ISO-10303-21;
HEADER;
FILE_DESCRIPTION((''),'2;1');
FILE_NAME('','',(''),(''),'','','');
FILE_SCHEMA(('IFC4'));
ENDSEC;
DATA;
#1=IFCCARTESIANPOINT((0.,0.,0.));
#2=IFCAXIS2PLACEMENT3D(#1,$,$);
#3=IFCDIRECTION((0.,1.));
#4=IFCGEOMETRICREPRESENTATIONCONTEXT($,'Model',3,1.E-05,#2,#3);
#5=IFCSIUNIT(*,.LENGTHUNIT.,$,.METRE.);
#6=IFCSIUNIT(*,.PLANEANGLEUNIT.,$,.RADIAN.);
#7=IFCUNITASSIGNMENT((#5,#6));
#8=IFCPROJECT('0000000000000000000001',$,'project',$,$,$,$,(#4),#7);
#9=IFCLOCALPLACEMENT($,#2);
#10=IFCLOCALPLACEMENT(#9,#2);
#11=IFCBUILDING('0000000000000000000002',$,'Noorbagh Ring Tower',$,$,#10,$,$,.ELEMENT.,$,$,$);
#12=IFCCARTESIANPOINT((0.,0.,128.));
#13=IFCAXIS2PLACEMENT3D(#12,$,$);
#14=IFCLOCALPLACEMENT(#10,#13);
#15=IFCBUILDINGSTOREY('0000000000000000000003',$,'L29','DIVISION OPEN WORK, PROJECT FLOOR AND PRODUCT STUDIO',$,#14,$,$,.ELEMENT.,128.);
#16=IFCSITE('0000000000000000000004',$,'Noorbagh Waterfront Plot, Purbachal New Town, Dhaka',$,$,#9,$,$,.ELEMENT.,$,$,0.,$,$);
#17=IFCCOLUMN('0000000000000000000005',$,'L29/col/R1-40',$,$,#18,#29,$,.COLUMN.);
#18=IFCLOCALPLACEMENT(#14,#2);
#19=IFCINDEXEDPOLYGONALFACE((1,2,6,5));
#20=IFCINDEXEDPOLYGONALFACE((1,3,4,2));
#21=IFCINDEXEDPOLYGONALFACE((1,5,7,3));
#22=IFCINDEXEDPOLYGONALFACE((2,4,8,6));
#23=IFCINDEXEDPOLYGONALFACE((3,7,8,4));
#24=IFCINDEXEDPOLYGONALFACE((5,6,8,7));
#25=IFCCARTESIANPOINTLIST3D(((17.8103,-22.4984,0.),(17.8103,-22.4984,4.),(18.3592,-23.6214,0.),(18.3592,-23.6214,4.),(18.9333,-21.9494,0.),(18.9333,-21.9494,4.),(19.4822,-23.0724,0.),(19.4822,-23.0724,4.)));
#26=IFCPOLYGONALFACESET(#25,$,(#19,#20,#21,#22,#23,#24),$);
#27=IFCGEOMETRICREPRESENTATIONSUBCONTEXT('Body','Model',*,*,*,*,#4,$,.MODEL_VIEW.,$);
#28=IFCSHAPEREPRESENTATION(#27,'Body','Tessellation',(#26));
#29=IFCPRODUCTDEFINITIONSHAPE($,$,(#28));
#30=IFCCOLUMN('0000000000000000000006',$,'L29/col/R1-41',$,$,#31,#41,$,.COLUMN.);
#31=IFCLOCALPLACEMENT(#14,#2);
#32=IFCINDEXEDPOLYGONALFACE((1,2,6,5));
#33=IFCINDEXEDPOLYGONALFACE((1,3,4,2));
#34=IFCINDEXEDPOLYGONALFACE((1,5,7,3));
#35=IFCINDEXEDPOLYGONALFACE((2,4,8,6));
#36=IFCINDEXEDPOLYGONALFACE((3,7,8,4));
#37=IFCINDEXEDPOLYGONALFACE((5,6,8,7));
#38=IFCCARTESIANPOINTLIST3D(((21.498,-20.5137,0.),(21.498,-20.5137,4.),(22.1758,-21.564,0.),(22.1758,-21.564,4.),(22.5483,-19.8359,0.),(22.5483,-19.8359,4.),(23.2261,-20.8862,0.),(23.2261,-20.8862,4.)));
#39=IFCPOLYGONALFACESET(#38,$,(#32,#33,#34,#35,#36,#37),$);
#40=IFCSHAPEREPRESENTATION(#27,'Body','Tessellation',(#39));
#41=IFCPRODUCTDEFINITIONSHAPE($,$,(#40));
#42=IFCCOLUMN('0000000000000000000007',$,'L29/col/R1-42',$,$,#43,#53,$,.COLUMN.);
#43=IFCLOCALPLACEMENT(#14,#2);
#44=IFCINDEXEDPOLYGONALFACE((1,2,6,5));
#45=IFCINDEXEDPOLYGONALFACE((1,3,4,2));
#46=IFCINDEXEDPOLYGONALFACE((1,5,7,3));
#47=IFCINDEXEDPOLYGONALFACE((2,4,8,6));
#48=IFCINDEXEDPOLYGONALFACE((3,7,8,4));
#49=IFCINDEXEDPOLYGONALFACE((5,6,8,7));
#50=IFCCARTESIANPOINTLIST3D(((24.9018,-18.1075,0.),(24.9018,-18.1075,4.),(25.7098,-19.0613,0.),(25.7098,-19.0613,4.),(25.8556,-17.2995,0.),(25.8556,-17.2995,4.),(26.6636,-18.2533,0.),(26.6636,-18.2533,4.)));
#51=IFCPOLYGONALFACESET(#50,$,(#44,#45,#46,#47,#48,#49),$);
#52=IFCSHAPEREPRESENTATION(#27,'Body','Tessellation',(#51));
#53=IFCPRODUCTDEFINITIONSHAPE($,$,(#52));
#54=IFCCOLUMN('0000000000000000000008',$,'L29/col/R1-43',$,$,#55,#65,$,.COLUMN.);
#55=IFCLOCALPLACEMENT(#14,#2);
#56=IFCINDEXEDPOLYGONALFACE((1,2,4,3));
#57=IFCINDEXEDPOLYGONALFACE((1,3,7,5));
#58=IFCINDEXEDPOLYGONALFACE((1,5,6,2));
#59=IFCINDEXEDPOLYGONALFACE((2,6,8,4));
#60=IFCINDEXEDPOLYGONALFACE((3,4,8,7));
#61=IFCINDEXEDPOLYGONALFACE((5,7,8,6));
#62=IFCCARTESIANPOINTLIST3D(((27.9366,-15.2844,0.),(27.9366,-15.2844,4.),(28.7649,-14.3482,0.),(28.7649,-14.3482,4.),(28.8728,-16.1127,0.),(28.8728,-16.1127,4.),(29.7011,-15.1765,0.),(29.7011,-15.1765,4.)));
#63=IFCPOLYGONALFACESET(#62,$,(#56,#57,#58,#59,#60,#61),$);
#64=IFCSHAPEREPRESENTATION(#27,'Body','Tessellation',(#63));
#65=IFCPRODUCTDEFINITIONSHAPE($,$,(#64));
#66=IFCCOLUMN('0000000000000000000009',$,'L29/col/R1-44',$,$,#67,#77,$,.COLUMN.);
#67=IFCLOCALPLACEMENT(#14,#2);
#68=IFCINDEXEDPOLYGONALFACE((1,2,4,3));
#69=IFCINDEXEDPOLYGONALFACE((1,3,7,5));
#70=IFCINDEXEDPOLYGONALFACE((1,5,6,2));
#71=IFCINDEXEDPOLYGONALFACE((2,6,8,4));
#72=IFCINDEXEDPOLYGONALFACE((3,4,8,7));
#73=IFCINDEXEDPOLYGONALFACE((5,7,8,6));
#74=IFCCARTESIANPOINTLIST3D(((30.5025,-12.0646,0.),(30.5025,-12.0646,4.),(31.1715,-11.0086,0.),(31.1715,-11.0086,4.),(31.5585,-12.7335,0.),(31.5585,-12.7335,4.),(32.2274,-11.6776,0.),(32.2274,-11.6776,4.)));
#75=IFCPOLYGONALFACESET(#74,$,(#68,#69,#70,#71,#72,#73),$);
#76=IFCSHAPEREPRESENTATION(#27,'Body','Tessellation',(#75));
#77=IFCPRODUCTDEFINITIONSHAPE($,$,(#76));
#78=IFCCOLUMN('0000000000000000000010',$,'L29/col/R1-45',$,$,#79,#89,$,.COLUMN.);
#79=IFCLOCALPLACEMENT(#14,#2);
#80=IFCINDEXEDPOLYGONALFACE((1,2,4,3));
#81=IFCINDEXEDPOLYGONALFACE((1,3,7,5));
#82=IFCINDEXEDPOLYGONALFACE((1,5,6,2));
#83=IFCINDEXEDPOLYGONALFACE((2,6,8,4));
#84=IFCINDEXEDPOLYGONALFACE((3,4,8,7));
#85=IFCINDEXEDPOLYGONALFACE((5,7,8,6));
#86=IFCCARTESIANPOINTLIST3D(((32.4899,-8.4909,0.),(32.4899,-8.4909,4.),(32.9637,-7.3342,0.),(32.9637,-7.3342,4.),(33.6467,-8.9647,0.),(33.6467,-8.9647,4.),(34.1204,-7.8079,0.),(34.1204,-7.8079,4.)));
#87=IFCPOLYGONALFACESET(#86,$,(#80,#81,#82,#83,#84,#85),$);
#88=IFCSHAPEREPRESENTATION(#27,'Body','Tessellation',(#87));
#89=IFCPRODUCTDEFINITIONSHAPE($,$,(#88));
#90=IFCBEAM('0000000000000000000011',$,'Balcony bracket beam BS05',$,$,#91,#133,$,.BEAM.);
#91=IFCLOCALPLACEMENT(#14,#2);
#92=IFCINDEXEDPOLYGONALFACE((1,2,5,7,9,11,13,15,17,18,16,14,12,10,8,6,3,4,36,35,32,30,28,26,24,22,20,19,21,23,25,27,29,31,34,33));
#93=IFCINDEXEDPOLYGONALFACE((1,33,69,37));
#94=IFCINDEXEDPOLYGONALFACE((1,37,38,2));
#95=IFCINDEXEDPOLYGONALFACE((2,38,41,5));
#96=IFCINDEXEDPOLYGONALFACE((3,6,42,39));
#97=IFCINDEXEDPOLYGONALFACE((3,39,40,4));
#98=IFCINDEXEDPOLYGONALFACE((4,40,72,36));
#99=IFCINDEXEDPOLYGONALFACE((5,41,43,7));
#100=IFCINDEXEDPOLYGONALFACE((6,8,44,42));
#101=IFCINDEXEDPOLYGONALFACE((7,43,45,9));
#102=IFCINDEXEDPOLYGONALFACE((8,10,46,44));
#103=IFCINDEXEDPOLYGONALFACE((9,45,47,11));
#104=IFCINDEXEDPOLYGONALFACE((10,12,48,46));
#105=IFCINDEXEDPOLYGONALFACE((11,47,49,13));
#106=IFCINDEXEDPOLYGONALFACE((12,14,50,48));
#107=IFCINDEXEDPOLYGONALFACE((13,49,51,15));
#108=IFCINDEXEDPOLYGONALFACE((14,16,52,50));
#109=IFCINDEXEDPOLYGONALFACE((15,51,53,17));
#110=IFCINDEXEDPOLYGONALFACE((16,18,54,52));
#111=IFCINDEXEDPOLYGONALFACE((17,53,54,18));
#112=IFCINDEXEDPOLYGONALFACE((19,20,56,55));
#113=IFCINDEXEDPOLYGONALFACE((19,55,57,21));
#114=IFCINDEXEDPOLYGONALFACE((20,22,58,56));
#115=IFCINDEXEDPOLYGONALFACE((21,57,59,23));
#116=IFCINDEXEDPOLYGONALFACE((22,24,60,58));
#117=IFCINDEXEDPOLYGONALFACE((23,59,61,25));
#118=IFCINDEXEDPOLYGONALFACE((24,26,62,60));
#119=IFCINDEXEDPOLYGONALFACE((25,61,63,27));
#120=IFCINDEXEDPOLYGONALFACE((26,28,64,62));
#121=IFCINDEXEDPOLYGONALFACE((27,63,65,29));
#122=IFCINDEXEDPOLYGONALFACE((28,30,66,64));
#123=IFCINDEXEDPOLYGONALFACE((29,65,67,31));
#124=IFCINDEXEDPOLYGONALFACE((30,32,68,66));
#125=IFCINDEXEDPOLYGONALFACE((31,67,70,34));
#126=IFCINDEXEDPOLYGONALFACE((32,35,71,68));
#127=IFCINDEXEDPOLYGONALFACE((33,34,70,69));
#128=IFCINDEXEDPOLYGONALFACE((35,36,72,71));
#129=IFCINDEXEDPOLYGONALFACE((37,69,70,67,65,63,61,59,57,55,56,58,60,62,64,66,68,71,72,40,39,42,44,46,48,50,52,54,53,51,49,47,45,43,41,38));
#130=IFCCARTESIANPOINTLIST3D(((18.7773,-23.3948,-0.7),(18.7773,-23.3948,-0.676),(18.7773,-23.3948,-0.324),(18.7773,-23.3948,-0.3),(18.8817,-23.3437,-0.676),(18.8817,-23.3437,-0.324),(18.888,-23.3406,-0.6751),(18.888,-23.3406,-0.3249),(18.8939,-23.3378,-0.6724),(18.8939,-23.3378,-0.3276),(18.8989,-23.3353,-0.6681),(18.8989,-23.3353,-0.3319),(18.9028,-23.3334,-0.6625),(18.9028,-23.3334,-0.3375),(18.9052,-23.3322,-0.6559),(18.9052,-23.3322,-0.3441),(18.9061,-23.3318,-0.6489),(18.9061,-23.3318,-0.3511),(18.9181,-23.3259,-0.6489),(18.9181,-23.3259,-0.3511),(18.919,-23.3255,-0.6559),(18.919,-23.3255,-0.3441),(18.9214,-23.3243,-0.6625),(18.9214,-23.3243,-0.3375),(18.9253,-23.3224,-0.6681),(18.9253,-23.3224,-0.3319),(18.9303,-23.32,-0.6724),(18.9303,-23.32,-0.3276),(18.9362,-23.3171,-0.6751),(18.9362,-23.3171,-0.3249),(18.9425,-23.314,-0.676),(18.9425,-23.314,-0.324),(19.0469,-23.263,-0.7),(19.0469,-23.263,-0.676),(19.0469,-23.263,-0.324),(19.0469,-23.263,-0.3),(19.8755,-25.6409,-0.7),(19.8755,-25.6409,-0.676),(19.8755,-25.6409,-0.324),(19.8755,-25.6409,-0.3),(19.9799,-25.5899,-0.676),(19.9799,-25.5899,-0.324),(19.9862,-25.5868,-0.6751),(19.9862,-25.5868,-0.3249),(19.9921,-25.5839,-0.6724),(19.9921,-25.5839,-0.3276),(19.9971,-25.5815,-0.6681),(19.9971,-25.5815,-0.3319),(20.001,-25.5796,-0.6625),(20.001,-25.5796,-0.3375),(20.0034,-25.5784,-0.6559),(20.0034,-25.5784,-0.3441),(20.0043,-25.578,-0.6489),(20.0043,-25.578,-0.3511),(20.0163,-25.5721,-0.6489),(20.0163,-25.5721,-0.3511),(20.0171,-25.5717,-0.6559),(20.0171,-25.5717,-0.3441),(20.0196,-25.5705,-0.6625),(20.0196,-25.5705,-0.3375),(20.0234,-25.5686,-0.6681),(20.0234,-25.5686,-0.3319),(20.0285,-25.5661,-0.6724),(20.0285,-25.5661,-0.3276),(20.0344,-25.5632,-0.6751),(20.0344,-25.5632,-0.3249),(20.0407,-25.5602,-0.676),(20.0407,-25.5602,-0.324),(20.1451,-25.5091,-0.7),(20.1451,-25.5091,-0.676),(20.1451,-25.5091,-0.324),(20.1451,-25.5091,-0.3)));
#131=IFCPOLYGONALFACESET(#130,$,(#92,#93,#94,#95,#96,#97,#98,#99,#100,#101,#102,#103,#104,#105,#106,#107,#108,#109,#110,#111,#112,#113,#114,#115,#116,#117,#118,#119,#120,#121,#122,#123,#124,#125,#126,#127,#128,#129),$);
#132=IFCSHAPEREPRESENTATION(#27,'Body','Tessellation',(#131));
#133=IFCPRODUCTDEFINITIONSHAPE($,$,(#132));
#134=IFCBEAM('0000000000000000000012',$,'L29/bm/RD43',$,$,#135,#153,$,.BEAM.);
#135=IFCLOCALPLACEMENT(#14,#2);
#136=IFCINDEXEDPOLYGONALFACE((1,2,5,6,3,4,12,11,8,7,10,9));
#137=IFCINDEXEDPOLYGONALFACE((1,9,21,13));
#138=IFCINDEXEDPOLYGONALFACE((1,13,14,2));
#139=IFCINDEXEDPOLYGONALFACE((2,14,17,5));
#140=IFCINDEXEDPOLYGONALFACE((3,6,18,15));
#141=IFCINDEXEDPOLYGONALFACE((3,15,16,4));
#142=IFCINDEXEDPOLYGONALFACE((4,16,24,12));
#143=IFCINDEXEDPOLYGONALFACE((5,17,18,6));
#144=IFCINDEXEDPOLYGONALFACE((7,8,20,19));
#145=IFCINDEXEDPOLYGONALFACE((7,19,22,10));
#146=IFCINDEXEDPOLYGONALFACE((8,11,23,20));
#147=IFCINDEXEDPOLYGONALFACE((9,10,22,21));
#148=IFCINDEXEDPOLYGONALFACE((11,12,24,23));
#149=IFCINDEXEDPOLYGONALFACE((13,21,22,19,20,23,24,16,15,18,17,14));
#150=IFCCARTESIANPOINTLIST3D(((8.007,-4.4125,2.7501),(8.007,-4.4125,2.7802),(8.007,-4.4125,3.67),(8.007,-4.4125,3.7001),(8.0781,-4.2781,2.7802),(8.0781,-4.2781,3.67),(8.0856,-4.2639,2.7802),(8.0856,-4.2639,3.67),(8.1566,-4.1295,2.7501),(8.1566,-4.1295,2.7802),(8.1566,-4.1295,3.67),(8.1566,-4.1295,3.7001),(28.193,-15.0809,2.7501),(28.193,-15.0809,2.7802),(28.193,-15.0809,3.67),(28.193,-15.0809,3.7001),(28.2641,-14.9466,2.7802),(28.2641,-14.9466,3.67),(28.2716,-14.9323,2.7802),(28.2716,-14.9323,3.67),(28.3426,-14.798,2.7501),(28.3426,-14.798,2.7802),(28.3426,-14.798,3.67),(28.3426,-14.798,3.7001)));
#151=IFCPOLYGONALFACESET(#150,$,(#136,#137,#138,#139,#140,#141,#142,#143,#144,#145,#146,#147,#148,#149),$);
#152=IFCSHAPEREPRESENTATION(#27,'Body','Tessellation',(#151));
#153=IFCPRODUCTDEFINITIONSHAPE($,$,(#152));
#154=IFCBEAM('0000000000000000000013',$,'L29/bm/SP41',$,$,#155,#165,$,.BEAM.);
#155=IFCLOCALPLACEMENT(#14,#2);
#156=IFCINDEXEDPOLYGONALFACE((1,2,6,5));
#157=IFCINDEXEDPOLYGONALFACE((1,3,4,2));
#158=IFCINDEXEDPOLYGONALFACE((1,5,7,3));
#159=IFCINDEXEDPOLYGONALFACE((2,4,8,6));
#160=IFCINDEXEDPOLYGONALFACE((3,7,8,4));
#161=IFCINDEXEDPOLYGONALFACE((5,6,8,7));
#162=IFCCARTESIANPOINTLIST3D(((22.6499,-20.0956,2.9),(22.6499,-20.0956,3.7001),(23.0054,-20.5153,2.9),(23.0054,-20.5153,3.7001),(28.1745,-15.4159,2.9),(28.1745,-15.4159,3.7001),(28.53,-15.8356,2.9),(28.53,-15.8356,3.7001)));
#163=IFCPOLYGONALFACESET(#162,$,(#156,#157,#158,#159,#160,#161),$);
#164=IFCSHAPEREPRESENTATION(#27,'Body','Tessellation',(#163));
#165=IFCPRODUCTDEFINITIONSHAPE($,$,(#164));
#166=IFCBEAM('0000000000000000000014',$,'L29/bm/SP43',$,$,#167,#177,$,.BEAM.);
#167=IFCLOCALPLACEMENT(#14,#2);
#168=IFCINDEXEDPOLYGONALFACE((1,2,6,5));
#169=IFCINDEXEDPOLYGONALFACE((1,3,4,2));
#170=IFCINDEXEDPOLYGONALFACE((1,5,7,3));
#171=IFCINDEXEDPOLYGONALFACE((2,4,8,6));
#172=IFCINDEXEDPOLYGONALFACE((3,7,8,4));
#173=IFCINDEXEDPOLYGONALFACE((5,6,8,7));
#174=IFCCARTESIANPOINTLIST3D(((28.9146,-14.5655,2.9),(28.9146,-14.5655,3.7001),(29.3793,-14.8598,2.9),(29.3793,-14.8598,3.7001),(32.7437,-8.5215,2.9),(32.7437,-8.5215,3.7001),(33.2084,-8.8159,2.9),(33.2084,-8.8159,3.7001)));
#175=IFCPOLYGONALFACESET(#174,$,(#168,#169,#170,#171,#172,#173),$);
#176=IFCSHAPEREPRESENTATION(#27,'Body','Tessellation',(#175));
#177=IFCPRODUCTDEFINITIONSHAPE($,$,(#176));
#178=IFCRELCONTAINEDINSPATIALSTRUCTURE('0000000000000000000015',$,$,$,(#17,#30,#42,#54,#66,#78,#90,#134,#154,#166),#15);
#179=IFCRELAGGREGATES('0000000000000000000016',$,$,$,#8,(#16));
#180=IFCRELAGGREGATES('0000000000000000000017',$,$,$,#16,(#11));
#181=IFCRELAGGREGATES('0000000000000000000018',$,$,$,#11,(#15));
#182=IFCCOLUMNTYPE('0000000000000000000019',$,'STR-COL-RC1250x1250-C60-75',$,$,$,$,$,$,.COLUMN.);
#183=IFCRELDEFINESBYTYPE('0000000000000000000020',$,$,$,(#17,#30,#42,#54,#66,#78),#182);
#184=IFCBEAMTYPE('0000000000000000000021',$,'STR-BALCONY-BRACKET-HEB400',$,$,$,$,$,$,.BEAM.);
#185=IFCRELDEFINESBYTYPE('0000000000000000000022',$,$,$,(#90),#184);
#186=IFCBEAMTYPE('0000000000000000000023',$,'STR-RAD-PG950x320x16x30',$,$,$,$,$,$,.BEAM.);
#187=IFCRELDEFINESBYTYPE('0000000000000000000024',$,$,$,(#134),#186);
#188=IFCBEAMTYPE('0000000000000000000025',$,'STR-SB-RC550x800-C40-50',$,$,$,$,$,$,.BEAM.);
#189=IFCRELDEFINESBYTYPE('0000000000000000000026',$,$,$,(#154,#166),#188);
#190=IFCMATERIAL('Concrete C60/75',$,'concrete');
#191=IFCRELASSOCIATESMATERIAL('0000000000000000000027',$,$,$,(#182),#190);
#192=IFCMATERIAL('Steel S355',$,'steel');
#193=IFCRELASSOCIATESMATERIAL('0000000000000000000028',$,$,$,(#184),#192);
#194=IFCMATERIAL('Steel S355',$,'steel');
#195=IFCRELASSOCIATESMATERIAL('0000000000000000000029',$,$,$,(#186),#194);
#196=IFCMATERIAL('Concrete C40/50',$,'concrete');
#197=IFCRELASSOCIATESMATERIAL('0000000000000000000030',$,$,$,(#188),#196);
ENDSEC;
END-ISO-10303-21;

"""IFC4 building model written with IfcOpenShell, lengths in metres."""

from ifc_helpers import new_model, si_unit, direction, frame, origin, origin_2d, place, context, subcontext, project, spatial, rectangle, i_section, extrude, material, material_profile, profile_set, type_object, element, save


model = new_model("IFC4")

# Units and contexts
model_context = context("Model", 3, precision=1e-05, world=origin(), true_north=direction((0.0, 1.0)))
body_context = subcontext(model_context, "Body", "Model", "MODEL_VIEW")
ifc_project = project(units=[si_unit("LENGTHUNIT", "METRE"), si_unit("PLANEANGLEUNIT", "RADIAN")], contexts=[model_context])

# Site, building, storey
site_placement = place(None, origin())
site = spatial("IfcSite", under=ifc_project, at=site_placement, Name="Noorbagh Waterfront Plot, Purbachal New Town, Dhaka", CompositionType="ELEMENT", RefElevation=0.0)
building_placement = place(site_placement, origin())
building = spatial("IfcBuilding", under=site, at=building_placement, Name="Noorbagh Ring Tower", CompositionType="ELEMENT")
storey_placement = place(building_placement, frame((0.0, 0.0, 128.0)))
storey = spatial("IfcBuildingStorey", under=building, at=storey_placement, Name="L29", Description="DIVISION OPEN WORK, PROJECT FLOOR AND PRODUCT STUDIO", CompositionType="ELEMENT", Elevation=128.0)

# Columns
ifc_material_1 = material(Name="Concrete C60/75", Category="concrete")
ifc_material_profile_1 = material_profile(ifc_material_1, rectangle(XDim=1.25, YDim=1.25, at=origin_2d()), Name="RC1250x1250")
ifc_profile_set_1 = profile_set([ifc_material_profile_1], Name="Concrete C60/75")
column_type = type_object("IfcColumnType", Name="STR-COL-RC1250x1250-C60-75", PredefinedType="COLUMN", material=ifc_profile_set_1)
for number, where, z_axis, x_axis, name in (
    (1, (18.6462, -22.7854, 0.0), (0.0, 0.0, 1.0), (0.898399, 0.43918, 0.0), "L29/col/R1-40"),
    (2, (22.3621, -20.7, 0.0), (0.0, 0.0, 1.0), (0.840248, 0.542203, 0.0), "L29/col/R1-41"),
    (3, (25.7827, -18.1804, 0.0), (0.0, 0.0, 1.0), (0.763035, 0.646357, 0.0), "L29/col/R1-42"),
    (4, (28.8188, -15.2305, 0.0), (0.0, 0.0, 1.0), (0.662636, 0.748942, 0.0), "L29/col/R1-43"),
    (5, (31.365, -11.8711, 0.0), (0.0, 0.0, 1.0), (0.53519, 0.844731, 0.0), "L29/col/R1-44"),
    (6, (33.3052, -8.1494, 0.0), (0.0, 0.0, 1.0), (0.378989, 0.925401, 0.0), "L29/col/R1-45"),
):
    element("IfcColumn", number, at=place(storey_placement, frame(where, z_axis=z_axis, x_axis=x_axis)), inside=storey, type_object=column_type, Name=name, PredefinedType="COLUMN", context=body_context, shape_type="SweptSolid", body=[
        extrude(rectangle(XDim=1.25, YDim=1.25, at=origin_2d()), origin(), (0.0, 0.0, 1.0), 4.0),
    ])

# Beams
ifc_material_2 = material(Name="Steel S355", Category="steel")
ifc_material_profile_2 = material_profile(ifc_material_2, i_section(OverallWidth=0.3, OverallDepth=0.3999, WebThickness=0.0134, FlangeThickness=0.0239, FilletRadius=0.0271, at=origin_2d()), Name="HEB400")
ifc_profile_set_2 = profile_set([ifc_material_profile_2], Name="Steel S355")
beam_type_1 = type_object("IfcBeamType", Name="STR-BALCONY-BRACKET-HEB400", PredefinedType="BEAM", material=ifc_profile_set_2)
beam_1_placement = place(storey_placement, frame((18.9121, -23.3289, -0.5), z_axis=(0.439228, -0.898376, 0.0), x_axis=(0.898376, 0.439228, 0.0)))
element("IfcBeam", 7, at=beam_1_placement, inside=storey, type_object=beam_type_1, Name="Balcony bracket beam BS05", PredefinedType="BEAM", context=body_context, shape_type="SweptSolid", body=[
    extrude(i_section(OverallWidth=0.3, OverallDepth=0.3999, WebThickness=0.0134, FlangeThickness=0.0239, FilletRadius=0.0271, at=origin_2d()), origin(), (0.0, 0.0, 1.0), 2.5002),
])
ifc_material_3 = material(Name="Steel S355", Category="steel")
ifc_material_profile_3 = material_profile(ifc_material_3, i_section(OverallWidth=0.3201, OverallDepth=0.95, WebThickness=0.0161, FlangeThickness=0.03, at=origin_2d()), Name="PG950x320x16x30")
ifc_profile_set_3 = profile_set([ifc_material_profile_3], Name="Steel S355")
beam_type_2 = type_object("IfcBeamType", Name="STR-RAD-PG950x320x16x30", PredefinedType="BEAM", material=ifc_profile_set_3)
beam_2_placement = place(storey_placement, frame((28.2678, -14.9395, 3.2251), z_axis=(-0.884119, 0.467263, 0.0), x_axis=(-0.467263, -0.884119, 0.0)))
element("IfcBeam", 8, at=beam_2_placement, inside=storey, type_object=beam_type_2, Name="L29/bm/RD43", PredefinedType="BEAM", context=body_context, shape_type="SweptSolid", body=[
    extrude(i_section(OverallWidth=0.3201, OverallDepth=0.95, WebThickness=0.0161, FlangeThickness=0.03, at=origin_2d()), origin(), (0.0, 0.0, 1.0), 22.8318),
])
ifc_material_4 = material(Name="Concrete C40/50", Category="concrete")
ifc_material_profile_4 = material_profile(ifc_material_4, rectangle(XDim=0.55, YDim=0.8, at=origin_2d()), Name="RC550x800")
ifc_profile_set_4 = profile_set([ifc_material_profile_4], Name="Concrete C40/50")
beam_type_3 = type_object("IfcBeamType", Name="STR-SB-RC550x800-C40-50", PredefinedType="BEAM", material=ifc_profile_set_4)
beam_3_placement = place(storey_placement, frame((22.8276, -20.3054, 3.3), z_axis=(0.763047, 0.646343, 0.0), x_axis=(-0.646343, 0.763047, 0.0)))
element("IfcBeam", 9, at=beam_3_placement, inside=storey, type_object=beam_type_3, Name="L29/bm/SP41", PredefinedType="BEAM", context=body_context, shape_type="SweptSolid", body=[
    extrude(rectangle(XDim=0.55, YDim=0.8, at=origin_2d()), origin(), (0.0, 0.0, 1.0), 7.2402),
])
beam_4_placement = place(storey_placement, frame((29.147, -14.7126, 3.3), z_axis=(0.535179, 0.844739, 0.0), x_axis=(-0.844739, 0.535179, 0.0)))
element("IfcBeam", 10, at=beam_4_placement, inside=storey, type_object=beam_type_3, Name="L29/bm/SP43", PredefinedType="BEAM", context=body_context, shape_type="SweptSolid", body=[
    extrude(rectangle(XDim=0.55, YDim=0.8, at=origin_2d()), origin(), (0.0, 0.0, 1.0), 7.1548),
])

save(model, "model.ifc")
